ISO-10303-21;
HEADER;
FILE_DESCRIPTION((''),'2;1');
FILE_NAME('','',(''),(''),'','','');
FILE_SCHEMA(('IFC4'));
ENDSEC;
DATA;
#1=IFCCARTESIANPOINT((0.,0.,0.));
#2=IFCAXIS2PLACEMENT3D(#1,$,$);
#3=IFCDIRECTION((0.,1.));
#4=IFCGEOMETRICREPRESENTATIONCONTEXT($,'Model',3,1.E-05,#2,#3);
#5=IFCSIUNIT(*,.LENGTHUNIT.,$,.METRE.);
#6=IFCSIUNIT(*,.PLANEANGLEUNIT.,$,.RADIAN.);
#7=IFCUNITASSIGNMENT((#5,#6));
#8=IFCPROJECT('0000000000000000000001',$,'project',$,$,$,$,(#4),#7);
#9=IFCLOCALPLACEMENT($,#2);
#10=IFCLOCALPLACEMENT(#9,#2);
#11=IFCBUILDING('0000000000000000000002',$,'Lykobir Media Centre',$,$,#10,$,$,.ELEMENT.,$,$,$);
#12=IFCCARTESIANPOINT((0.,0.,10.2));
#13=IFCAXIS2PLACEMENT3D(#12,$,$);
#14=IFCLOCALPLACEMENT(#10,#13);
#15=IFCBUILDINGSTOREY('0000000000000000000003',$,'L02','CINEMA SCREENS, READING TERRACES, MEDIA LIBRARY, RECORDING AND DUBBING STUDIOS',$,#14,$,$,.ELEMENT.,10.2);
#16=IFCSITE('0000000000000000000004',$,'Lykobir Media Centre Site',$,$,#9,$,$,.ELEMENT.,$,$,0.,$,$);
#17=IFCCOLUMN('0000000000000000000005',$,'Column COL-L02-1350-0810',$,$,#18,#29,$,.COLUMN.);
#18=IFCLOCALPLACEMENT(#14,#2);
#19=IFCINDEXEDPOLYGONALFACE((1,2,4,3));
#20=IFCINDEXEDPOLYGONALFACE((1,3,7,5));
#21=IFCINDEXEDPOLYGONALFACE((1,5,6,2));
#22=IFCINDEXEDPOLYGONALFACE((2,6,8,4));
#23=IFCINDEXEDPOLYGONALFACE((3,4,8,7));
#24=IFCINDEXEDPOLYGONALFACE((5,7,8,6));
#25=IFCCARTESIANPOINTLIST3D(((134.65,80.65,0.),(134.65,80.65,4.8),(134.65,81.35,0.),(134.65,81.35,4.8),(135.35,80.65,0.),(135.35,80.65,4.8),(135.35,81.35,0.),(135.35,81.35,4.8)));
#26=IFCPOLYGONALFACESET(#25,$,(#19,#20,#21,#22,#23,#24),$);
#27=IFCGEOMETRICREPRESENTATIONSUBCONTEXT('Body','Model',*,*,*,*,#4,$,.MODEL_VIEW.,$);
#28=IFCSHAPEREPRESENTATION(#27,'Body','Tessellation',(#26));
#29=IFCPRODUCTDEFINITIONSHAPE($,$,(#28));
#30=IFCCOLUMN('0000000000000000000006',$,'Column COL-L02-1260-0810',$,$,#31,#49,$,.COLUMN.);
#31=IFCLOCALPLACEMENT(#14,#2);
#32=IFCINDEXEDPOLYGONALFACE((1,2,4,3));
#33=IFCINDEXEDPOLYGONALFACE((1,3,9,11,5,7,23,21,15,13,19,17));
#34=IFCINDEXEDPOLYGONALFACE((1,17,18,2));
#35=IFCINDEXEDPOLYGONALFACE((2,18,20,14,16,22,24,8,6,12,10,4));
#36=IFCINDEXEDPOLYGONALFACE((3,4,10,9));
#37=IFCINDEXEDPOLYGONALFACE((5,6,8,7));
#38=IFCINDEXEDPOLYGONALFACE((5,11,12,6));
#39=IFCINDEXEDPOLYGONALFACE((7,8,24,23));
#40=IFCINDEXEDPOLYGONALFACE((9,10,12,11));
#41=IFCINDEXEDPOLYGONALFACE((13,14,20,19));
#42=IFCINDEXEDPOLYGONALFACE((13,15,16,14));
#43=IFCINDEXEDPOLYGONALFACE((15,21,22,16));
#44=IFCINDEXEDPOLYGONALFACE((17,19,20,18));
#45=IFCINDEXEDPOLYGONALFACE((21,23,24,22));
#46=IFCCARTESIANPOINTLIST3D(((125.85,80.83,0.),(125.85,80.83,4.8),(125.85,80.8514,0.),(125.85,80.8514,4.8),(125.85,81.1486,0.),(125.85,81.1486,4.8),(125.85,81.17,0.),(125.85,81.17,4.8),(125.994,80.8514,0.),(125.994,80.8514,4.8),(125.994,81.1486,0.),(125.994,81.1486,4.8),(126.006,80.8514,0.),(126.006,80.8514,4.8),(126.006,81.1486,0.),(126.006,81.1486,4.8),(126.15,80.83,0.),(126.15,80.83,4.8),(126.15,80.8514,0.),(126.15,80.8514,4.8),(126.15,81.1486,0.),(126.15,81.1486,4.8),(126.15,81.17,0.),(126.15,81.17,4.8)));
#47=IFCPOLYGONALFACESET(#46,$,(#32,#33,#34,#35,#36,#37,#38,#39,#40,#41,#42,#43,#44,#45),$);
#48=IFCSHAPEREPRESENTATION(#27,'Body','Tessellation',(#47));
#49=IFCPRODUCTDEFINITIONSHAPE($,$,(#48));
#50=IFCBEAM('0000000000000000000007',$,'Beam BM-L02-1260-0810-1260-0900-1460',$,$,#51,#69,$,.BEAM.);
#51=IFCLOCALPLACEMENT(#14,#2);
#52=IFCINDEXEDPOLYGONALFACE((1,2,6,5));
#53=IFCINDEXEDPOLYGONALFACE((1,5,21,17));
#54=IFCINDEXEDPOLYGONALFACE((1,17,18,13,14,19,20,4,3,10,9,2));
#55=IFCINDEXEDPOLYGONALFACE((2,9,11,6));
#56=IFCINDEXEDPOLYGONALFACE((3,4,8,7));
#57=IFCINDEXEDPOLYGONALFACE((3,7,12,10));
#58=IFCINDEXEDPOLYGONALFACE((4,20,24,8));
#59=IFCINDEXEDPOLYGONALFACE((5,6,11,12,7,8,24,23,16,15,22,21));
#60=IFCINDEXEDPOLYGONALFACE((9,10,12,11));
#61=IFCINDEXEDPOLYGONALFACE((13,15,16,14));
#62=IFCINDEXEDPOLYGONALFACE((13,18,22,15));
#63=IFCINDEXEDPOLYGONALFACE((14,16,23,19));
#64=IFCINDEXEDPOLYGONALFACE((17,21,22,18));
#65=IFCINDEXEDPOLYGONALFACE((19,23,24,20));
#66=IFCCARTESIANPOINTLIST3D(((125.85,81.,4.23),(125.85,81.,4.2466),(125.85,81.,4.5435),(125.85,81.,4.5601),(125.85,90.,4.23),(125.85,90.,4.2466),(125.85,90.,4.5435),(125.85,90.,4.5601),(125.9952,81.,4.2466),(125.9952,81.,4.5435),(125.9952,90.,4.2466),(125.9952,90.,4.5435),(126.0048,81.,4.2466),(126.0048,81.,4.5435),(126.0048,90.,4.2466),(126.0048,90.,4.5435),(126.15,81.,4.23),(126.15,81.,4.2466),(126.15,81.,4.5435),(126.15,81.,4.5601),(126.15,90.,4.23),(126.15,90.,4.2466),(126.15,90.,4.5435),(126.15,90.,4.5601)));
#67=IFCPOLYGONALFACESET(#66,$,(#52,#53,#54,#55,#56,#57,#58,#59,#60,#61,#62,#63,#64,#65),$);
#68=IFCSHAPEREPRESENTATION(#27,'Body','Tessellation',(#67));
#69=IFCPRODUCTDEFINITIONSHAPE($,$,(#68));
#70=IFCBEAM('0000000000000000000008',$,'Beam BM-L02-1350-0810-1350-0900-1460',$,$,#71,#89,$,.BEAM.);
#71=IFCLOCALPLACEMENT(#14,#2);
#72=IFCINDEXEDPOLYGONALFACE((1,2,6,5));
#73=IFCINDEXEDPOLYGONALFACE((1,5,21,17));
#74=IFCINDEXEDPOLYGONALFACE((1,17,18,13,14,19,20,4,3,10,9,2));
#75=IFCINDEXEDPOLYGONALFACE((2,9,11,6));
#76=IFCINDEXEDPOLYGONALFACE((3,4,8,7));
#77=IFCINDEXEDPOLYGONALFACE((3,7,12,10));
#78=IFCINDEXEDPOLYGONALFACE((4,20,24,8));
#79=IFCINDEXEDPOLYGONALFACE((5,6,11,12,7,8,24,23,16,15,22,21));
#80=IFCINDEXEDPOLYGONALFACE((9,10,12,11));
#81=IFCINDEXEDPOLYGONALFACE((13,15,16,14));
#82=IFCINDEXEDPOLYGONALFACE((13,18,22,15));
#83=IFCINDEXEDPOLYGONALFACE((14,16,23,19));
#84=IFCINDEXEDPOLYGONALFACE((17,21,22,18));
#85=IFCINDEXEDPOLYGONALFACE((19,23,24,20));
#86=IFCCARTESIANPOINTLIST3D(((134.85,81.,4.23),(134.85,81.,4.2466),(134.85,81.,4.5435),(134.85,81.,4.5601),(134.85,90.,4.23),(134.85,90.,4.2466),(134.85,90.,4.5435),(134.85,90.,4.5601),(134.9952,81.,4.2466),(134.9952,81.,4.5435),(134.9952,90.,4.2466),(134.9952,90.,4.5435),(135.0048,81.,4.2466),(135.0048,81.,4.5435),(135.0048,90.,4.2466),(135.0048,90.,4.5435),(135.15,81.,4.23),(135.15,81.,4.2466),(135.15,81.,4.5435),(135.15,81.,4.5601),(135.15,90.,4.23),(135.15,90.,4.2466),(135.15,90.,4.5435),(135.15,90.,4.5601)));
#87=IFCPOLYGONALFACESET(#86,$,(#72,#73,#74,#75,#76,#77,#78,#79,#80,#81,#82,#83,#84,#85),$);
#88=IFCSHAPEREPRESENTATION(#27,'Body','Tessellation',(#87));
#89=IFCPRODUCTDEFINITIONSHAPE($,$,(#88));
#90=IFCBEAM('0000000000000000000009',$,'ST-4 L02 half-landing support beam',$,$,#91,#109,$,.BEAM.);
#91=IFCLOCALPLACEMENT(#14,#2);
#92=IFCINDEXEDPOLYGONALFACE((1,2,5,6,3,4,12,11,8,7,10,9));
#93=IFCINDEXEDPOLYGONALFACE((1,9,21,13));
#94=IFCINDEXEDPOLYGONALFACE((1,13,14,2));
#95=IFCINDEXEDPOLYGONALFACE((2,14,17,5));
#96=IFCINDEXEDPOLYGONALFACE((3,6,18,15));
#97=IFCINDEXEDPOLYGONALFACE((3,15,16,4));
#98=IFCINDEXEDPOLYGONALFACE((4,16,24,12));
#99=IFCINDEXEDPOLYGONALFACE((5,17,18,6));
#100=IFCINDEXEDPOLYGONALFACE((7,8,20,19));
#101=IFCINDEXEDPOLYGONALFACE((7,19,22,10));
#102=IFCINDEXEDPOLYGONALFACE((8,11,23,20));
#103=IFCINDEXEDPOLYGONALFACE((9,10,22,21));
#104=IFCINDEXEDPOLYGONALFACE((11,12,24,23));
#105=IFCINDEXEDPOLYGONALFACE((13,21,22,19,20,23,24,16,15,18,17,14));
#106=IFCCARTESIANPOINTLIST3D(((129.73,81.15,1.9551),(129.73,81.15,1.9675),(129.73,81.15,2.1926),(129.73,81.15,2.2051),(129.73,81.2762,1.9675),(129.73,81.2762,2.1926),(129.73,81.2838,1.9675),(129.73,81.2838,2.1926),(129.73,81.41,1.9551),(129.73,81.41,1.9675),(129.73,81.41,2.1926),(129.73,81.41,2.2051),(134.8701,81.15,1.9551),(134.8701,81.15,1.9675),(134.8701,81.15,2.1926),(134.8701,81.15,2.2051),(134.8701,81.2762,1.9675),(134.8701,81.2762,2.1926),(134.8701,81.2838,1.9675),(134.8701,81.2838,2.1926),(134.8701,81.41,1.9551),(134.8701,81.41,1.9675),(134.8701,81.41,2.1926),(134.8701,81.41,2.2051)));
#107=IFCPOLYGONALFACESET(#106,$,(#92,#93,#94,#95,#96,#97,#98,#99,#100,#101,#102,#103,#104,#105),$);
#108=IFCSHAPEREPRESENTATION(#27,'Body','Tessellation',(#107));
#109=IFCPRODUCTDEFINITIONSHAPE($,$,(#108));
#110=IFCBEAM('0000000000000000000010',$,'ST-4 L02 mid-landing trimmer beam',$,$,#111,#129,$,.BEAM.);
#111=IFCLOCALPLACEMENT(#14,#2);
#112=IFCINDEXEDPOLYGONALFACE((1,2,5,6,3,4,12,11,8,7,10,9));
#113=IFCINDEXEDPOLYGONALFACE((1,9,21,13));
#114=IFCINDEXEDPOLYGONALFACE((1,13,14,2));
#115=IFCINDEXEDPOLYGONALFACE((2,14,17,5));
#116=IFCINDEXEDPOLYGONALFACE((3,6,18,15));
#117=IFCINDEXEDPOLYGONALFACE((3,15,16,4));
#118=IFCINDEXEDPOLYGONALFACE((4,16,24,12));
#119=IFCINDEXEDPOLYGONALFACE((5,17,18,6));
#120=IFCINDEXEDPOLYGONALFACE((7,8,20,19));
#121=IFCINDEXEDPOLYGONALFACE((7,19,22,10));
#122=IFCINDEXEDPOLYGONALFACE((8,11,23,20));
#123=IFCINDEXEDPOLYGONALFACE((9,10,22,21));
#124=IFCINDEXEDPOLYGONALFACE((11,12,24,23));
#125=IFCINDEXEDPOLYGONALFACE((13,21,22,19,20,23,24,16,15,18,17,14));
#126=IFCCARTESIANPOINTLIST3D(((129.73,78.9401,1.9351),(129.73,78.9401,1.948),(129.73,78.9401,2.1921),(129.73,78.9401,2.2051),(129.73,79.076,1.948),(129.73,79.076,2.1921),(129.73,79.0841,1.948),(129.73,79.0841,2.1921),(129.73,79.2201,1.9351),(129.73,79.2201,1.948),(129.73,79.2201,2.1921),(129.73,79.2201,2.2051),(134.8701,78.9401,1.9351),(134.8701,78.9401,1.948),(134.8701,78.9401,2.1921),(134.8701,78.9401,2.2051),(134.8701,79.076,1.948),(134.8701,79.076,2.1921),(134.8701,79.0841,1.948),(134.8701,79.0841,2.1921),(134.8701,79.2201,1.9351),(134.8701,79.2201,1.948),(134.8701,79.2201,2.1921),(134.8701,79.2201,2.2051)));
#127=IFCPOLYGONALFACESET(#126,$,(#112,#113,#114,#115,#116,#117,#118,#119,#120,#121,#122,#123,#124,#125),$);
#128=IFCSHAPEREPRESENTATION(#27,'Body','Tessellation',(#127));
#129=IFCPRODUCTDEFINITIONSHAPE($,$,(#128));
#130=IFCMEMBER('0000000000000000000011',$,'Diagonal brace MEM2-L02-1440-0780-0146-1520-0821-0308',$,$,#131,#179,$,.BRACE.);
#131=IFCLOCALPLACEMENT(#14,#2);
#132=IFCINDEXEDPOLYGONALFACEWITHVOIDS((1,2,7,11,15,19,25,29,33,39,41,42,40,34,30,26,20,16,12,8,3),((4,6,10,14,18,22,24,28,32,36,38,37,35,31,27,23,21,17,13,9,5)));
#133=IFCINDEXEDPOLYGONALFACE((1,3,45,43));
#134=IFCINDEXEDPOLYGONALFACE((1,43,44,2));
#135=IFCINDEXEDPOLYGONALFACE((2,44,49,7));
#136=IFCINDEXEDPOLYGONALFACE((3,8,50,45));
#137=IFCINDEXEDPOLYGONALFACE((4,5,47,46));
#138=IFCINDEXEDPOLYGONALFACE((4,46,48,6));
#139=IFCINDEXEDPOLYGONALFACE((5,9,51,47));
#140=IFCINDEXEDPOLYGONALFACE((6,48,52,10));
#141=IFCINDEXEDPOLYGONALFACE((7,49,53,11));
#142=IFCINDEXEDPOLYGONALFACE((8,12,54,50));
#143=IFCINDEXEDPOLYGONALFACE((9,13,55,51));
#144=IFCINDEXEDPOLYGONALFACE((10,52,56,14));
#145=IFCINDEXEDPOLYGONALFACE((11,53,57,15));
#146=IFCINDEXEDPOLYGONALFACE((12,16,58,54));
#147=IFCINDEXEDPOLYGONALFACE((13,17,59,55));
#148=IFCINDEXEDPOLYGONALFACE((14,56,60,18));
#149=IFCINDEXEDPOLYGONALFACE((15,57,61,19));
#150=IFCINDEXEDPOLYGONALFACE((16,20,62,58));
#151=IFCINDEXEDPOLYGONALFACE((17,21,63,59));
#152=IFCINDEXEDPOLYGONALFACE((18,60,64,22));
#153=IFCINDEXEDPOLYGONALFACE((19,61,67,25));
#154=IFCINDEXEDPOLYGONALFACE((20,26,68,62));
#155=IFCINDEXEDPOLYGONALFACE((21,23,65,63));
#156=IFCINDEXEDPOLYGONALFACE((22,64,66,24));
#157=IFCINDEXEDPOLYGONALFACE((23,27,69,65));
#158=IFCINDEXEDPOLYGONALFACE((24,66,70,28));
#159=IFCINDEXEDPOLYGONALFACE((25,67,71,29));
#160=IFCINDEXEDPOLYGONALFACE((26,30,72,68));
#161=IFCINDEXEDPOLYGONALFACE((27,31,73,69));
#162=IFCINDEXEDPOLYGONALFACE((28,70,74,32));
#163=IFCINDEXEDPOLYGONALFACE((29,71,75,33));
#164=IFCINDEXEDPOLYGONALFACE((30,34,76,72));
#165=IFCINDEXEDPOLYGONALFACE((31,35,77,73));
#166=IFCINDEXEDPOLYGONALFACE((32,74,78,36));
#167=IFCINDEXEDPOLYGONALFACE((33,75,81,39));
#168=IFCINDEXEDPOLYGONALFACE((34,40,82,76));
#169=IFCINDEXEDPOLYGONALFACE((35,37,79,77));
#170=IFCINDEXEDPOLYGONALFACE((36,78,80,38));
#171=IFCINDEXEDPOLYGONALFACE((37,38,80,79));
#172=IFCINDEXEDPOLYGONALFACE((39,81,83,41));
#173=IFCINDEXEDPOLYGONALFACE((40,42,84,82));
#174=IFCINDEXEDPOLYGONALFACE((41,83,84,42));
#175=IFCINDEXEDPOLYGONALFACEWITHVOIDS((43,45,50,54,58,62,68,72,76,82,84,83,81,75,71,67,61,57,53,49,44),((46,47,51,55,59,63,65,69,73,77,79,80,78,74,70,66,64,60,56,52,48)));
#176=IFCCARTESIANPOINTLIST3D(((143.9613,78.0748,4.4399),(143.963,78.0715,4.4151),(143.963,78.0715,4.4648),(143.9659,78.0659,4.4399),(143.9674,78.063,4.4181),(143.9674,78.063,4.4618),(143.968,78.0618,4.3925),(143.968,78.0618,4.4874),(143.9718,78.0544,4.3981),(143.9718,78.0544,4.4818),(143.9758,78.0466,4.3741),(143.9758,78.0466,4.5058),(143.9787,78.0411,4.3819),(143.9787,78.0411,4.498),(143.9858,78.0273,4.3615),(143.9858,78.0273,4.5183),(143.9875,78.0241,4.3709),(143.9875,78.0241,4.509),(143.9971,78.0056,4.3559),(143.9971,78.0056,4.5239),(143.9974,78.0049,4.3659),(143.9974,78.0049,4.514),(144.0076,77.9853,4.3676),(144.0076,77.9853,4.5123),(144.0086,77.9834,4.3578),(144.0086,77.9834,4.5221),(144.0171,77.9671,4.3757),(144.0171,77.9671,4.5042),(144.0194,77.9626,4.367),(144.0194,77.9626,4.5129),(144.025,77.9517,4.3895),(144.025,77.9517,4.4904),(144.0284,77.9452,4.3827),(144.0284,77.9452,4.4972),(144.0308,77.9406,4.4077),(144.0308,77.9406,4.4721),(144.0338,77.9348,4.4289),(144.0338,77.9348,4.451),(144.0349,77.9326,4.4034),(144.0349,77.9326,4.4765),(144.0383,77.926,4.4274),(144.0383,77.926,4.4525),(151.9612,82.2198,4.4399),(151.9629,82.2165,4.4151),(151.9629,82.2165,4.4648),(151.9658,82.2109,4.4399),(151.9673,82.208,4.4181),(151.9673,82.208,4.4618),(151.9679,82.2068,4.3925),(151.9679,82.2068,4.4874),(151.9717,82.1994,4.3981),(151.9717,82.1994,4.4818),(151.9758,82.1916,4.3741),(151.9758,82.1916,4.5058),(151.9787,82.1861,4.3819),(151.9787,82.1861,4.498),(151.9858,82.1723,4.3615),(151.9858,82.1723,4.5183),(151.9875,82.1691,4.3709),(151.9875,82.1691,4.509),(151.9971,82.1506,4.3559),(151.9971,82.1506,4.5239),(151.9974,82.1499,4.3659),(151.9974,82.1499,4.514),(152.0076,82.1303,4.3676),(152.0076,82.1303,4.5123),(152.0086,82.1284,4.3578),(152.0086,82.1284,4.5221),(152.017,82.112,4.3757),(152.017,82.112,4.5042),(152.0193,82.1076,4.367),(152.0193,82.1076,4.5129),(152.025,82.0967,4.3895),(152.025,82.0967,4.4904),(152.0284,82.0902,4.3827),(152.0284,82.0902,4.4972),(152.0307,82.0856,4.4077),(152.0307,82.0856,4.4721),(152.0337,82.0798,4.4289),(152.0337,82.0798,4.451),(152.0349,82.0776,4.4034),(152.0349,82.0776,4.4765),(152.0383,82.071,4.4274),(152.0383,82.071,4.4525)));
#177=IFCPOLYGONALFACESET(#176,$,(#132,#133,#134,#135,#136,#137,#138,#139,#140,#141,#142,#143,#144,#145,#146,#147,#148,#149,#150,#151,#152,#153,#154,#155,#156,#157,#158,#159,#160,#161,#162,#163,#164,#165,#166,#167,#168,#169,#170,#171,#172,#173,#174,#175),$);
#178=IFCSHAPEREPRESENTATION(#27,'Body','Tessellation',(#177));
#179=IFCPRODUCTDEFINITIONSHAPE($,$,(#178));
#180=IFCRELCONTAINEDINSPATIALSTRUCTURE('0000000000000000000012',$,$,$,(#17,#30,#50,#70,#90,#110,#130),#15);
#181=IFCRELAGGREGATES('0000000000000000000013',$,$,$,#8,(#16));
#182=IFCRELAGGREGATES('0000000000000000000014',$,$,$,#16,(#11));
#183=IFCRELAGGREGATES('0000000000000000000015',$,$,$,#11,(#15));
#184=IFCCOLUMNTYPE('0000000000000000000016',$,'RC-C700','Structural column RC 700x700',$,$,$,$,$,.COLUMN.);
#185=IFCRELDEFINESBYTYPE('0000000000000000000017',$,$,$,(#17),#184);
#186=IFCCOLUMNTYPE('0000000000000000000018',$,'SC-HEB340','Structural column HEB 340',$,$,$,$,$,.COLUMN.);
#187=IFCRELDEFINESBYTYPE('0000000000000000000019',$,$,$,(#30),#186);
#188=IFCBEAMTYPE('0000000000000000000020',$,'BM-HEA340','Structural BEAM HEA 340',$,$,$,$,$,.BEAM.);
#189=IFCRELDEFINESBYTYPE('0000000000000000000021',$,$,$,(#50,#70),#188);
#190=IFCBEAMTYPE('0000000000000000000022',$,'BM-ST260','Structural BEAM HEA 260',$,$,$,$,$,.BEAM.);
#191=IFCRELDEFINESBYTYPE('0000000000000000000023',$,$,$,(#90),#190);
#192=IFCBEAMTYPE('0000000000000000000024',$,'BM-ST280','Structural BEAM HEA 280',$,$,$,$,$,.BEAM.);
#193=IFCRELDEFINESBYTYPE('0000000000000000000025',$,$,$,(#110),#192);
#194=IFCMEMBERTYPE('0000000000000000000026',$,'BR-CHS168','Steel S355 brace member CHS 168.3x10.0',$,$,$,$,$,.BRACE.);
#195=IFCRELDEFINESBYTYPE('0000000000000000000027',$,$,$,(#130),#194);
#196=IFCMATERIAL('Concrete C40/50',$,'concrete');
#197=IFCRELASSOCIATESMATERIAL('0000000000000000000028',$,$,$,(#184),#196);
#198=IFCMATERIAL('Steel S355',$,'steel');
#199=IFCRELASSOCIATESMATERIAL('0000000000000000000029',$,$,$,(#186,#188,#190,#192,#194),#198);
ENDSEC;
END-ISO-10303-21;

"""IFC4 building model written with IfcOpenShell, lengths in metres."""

from ifc_helpers import new_model, si_unit, direction, frame, origin, origin_2d, place, context, subcontext, project, spatial, rectangle, hollow_circle, i_section, extrude, material, material_profile, profile_set, type_object, element, save


model = new_model("IFC4")

# Units and contexts
model_context = context("Model", 3, precision=1e-05, world=origin(), true_north=direction((0.0, 1.0)))
body_context = subcontext(model_context, "Body", "Model", "MODEL_VIEW")
ifc_project = project(units=[si_unit("LENGTHUNIT", "METRE"), si_unit("PLANEANGLEUNIT", "RADIAN")], contexts=[model_context])

# Site, building, storey
site_placement = place(None, origin())
site = spatial("IfcSite", under=ifc_project, at=site_placement, Name="Lykobir Media Centre Site", CompositionType="ELEMENT", RefElevation=0.0)
building_placement = place(site_placement, origin())
building = spatial("IfcBuilding", under=site, at=building_placement, Name="Lykobir Media Centre", CompositionType="ELEMENT")
storey_placement = place(building_placement, frame((0.0, 0.0, 10.2)))
storey = spatial("IfcBuildingStorey", under=building, at=storey_placement, Name="L02", Description="CINEMA SCREENS, READING TERRACES, MEDIA LIBRARY, RECORDING AND DUBBING STUDIOS", CompositionType="ELEMENT", Elevation=10.2)

# Columns
ifc_material_1 = material(Name="Concrete C40/50", Category="concrete")
ifc_material_profile_1 = material_profile(ifc_material_1, rectangle(XDim=0.7, YDim=0.7, at=origin_2d()), Name="RC 700x700")
ifc_profile_set_1 = profile_set([ifc_material_profile_1], Name="Concrete C40/50")
column_type_1 = type_object("IfcColumnType", Name="RC-C700", Description="Structural column RC 700x700", PredefinedType="COLUMN", material=ifc_profile_set_1)
column_1_placement = place(storey_placement, frame((135.0, 81.0, 0.0), z_axis=(0.0, 0.0, 1.0), x_axis=(1.0, 0.0, 0.0)))
element("IfcColumn", 1, at=column_1_placement, inside=storey, type_object=column_type_1, Name="Column COL-L02-1350-0810", PredefinedType="COLUMN", context=body_context, shape_type="SweptSolid", body=[
    extrude(rectangle(XDim=0.7, YDim=0.7, at=origin_2d()), origin(), (0.0, 0.0, 1.0), 4.8),
])
ifc_material_2 = material(Name="Steel S355", Category="steel")
ifc_material_profile_2 = material_profile(ifc_material_2, i_section(OverallWidth=0.3, OverallDepth=0.3401, WebThickness=0.012, FlangeThickness=0.0215, at=origin_2d()), Name="HEB 340")
ifc_profile_set_2 = profile_set([ifc_material_profile_2], Name="Steel S355")
column_type_2 = type_object("IfcColumnType", Name="SC-HEB340", Description="Structural column HEB 340", PredefinedType="COLUMN", material=ifc_profile_set_2)
column_2_placement = place(storey_placement, frame((126.0, 81.0, 0.0), z_axis=(0.0, 0.0, 1.0), x_axis=(1.0, 0.0, 0.0)))
element("IfcColumn", 2, at=column_2_placement, inside=storey, type_object=column_type_2, Name="Column COL-L02-1260-0810", PredefinedType="COLUMN", context=body_context, shape_type="SweptSolid", body=[
    extrude(i_section(OverallWidth=0.3, OverallDepth=0.3401, WebThickness=0.012, FlangeThickness=0.0215, at=origin_2d()), origin(), (0.0, 0.0, 1.0), 4.8),
])

# Beams
ifc_material_profile_3 = material_profile(ifc_material_2, i_section(OverallWidth=0.3, OverallDepth=0.3301, WebThickness=0.0095, FlangeThickness=0.0166, at=origin_2d()), Name="HEA 340")
ifc_profile_set_3 = profile_set([ifc_material_profile_3], Name="Steel S355")
beam_type_1 = type_object("IfcBeamType", Name="BM-HEA340", Description="Structural BEAM HEA 340", PredefinedType="BEAM", material=ifc_profile_set_3)
for number, where, z_axis, x_axis, name in (
    (3, (126.0, 81.0, 4.395), (0.0, 1.0, 0.0), (-1.0, 0.0, 0.0), "Beam BM-L02-1260-0810-1260-0900-1460"),
    (4, (135.0, 81.0, 4.395), (0.0, 1.0, 0.0), (-1.0, 0.0, 0.0), "Beam BM-L02-1350-0810-1350-0900-1460"),
):
    element("IfcBeam", number, at=place(storey_placement, frame(where, z_axis=z_axis, x_axis=x_axis)), inside=storey, type_object=beam_type_1, Name=name, PredefinedType="BEAM", context=body_context, shape_type="SweptSolid", body=[
        extrude(i_section(OverallWidth=0.3, OverallDepth=0.3301, WebThickness=0.0095, FlangeThickness=0.0166, at=origin_2d()), origin(), (0.0, 0.0, 1.0), 9.0),
    ])
ifc_material_profile_4 = material_profile(ifc_material_2, i_section(OverallWidth=0.26, OverallDepth=0.25, WebThickness=0.0076, FlangeThickness=0.0125, at=origin_2d()), Name="HEA 260")
ifc_profile_set_4 = profile_set([ifc_material_profile_4], Name="Steel S355")
beam_type_2 = type_object("IfcBeamType", Name="BM-ST260", Description="Structural BEAM HEA 260", PredefinedType="BEAM", material=ifc_profile_set_4)
beam_1_placement = place(storey_placement, frame((129.73, 81.28, 2.0801), z_axis=(1.0, 0.0, 0.0), x_axis=(0.0, 1.0, 0.0)))
element("IfcBeam", 5, at=beam_1_placement, inside=storey, type_object=beam_type_2, Name="ST-4 L02 half-landing support beam", PredefinedType="BEAM", context=body_context, shape_type="SweptSolid", body=[
    extrude(i_section(OverallWidth=0.26, OverallDepth=0.25, WebThickness=0.0076, FlangeThickness=0.0125, at=origin_2d()), origin(), (0.0, 0.0, 1.0), 5.1401),
])
ifc_material_profile_5 = material_profile(ifc_material_2, i_section(OverallWidth=0.28, OverallDepth=0.27, WebThickness=0.0081, FlangeThickness=0.0129, at=origin_2d()), Name="HEA 280")
ifc_profile_set_5 = profile_set([ifc_material_profile_5], Name="Steel S355")
beam_type_3 = type_object("IfcBeamType", Name="BM-ST280", Description="Structural BEAM HEA 280", PredefinedType="BEAM", material=ifc_profile_set_5)
beam_2_placement = place(storey_placement, frame((129.73, 79.0801, 2.0701), z_axis=(1.0, 0.0, 0.0), x_axis=(0.0, 1.0, 0.0)))
element("IfcBeam", 6, at=beam_2_placement, inside=storey, type_object=beam_type_3, Name="ST-4 L02 mid-landing trimmer beam", PredefinedType="BEAM", context=body_context, shape_type="SweptSolid", body=[
    extrude(i_section(OverallWidth=0.28, OverallDepth=0.27, WebThickness=0.0081, FlangeThickness=0.0129, at=origin_2d()), origin(), (0.0, 0.0, 1.0), 5.1401),
])

# Member
ifc_material_profile_6 = material_profile(ifc_material_2, hollow_circle(Radius=0.0842, WallThickness=0.01, at=origin_2d()), Name="CHS 168.3x10.0")
ifc_profile_set_6 = profile_set([ifc_material_profile_6], Name="Steel S355")
member_type_1 = type_object("IfcMemberType", Name="BR-CHS168", Description="Steel S355 brace member CHS 168.3x10.0", PredefinedType="BRACE", material=ifc_profile_set_6)
member_1_placement = place(storey_placement, frame((144.0, 78.0, 4.4399), z_axis=(0.887896, 0.460043, 0.0), x_axis=(-0.460043, 0.887896, 0.0)))
element("IfcMember", 7, at=member_1_placement, inside=storey, type_object=member_type_1, Name="Diagonal brace MEM2-L02-1440-0780-0146-1520-0821-0308", PredefinedType="BRACE", context=body_context, shape_type="SweptSolid", body=[
    extrude(hollow_circle(Radius=0.0842, WallThickness=0.01, at=origin_2d()), origin(), (0.0, 0.0, 1.0), 9.01),
])

save(model, "model.ifc")
